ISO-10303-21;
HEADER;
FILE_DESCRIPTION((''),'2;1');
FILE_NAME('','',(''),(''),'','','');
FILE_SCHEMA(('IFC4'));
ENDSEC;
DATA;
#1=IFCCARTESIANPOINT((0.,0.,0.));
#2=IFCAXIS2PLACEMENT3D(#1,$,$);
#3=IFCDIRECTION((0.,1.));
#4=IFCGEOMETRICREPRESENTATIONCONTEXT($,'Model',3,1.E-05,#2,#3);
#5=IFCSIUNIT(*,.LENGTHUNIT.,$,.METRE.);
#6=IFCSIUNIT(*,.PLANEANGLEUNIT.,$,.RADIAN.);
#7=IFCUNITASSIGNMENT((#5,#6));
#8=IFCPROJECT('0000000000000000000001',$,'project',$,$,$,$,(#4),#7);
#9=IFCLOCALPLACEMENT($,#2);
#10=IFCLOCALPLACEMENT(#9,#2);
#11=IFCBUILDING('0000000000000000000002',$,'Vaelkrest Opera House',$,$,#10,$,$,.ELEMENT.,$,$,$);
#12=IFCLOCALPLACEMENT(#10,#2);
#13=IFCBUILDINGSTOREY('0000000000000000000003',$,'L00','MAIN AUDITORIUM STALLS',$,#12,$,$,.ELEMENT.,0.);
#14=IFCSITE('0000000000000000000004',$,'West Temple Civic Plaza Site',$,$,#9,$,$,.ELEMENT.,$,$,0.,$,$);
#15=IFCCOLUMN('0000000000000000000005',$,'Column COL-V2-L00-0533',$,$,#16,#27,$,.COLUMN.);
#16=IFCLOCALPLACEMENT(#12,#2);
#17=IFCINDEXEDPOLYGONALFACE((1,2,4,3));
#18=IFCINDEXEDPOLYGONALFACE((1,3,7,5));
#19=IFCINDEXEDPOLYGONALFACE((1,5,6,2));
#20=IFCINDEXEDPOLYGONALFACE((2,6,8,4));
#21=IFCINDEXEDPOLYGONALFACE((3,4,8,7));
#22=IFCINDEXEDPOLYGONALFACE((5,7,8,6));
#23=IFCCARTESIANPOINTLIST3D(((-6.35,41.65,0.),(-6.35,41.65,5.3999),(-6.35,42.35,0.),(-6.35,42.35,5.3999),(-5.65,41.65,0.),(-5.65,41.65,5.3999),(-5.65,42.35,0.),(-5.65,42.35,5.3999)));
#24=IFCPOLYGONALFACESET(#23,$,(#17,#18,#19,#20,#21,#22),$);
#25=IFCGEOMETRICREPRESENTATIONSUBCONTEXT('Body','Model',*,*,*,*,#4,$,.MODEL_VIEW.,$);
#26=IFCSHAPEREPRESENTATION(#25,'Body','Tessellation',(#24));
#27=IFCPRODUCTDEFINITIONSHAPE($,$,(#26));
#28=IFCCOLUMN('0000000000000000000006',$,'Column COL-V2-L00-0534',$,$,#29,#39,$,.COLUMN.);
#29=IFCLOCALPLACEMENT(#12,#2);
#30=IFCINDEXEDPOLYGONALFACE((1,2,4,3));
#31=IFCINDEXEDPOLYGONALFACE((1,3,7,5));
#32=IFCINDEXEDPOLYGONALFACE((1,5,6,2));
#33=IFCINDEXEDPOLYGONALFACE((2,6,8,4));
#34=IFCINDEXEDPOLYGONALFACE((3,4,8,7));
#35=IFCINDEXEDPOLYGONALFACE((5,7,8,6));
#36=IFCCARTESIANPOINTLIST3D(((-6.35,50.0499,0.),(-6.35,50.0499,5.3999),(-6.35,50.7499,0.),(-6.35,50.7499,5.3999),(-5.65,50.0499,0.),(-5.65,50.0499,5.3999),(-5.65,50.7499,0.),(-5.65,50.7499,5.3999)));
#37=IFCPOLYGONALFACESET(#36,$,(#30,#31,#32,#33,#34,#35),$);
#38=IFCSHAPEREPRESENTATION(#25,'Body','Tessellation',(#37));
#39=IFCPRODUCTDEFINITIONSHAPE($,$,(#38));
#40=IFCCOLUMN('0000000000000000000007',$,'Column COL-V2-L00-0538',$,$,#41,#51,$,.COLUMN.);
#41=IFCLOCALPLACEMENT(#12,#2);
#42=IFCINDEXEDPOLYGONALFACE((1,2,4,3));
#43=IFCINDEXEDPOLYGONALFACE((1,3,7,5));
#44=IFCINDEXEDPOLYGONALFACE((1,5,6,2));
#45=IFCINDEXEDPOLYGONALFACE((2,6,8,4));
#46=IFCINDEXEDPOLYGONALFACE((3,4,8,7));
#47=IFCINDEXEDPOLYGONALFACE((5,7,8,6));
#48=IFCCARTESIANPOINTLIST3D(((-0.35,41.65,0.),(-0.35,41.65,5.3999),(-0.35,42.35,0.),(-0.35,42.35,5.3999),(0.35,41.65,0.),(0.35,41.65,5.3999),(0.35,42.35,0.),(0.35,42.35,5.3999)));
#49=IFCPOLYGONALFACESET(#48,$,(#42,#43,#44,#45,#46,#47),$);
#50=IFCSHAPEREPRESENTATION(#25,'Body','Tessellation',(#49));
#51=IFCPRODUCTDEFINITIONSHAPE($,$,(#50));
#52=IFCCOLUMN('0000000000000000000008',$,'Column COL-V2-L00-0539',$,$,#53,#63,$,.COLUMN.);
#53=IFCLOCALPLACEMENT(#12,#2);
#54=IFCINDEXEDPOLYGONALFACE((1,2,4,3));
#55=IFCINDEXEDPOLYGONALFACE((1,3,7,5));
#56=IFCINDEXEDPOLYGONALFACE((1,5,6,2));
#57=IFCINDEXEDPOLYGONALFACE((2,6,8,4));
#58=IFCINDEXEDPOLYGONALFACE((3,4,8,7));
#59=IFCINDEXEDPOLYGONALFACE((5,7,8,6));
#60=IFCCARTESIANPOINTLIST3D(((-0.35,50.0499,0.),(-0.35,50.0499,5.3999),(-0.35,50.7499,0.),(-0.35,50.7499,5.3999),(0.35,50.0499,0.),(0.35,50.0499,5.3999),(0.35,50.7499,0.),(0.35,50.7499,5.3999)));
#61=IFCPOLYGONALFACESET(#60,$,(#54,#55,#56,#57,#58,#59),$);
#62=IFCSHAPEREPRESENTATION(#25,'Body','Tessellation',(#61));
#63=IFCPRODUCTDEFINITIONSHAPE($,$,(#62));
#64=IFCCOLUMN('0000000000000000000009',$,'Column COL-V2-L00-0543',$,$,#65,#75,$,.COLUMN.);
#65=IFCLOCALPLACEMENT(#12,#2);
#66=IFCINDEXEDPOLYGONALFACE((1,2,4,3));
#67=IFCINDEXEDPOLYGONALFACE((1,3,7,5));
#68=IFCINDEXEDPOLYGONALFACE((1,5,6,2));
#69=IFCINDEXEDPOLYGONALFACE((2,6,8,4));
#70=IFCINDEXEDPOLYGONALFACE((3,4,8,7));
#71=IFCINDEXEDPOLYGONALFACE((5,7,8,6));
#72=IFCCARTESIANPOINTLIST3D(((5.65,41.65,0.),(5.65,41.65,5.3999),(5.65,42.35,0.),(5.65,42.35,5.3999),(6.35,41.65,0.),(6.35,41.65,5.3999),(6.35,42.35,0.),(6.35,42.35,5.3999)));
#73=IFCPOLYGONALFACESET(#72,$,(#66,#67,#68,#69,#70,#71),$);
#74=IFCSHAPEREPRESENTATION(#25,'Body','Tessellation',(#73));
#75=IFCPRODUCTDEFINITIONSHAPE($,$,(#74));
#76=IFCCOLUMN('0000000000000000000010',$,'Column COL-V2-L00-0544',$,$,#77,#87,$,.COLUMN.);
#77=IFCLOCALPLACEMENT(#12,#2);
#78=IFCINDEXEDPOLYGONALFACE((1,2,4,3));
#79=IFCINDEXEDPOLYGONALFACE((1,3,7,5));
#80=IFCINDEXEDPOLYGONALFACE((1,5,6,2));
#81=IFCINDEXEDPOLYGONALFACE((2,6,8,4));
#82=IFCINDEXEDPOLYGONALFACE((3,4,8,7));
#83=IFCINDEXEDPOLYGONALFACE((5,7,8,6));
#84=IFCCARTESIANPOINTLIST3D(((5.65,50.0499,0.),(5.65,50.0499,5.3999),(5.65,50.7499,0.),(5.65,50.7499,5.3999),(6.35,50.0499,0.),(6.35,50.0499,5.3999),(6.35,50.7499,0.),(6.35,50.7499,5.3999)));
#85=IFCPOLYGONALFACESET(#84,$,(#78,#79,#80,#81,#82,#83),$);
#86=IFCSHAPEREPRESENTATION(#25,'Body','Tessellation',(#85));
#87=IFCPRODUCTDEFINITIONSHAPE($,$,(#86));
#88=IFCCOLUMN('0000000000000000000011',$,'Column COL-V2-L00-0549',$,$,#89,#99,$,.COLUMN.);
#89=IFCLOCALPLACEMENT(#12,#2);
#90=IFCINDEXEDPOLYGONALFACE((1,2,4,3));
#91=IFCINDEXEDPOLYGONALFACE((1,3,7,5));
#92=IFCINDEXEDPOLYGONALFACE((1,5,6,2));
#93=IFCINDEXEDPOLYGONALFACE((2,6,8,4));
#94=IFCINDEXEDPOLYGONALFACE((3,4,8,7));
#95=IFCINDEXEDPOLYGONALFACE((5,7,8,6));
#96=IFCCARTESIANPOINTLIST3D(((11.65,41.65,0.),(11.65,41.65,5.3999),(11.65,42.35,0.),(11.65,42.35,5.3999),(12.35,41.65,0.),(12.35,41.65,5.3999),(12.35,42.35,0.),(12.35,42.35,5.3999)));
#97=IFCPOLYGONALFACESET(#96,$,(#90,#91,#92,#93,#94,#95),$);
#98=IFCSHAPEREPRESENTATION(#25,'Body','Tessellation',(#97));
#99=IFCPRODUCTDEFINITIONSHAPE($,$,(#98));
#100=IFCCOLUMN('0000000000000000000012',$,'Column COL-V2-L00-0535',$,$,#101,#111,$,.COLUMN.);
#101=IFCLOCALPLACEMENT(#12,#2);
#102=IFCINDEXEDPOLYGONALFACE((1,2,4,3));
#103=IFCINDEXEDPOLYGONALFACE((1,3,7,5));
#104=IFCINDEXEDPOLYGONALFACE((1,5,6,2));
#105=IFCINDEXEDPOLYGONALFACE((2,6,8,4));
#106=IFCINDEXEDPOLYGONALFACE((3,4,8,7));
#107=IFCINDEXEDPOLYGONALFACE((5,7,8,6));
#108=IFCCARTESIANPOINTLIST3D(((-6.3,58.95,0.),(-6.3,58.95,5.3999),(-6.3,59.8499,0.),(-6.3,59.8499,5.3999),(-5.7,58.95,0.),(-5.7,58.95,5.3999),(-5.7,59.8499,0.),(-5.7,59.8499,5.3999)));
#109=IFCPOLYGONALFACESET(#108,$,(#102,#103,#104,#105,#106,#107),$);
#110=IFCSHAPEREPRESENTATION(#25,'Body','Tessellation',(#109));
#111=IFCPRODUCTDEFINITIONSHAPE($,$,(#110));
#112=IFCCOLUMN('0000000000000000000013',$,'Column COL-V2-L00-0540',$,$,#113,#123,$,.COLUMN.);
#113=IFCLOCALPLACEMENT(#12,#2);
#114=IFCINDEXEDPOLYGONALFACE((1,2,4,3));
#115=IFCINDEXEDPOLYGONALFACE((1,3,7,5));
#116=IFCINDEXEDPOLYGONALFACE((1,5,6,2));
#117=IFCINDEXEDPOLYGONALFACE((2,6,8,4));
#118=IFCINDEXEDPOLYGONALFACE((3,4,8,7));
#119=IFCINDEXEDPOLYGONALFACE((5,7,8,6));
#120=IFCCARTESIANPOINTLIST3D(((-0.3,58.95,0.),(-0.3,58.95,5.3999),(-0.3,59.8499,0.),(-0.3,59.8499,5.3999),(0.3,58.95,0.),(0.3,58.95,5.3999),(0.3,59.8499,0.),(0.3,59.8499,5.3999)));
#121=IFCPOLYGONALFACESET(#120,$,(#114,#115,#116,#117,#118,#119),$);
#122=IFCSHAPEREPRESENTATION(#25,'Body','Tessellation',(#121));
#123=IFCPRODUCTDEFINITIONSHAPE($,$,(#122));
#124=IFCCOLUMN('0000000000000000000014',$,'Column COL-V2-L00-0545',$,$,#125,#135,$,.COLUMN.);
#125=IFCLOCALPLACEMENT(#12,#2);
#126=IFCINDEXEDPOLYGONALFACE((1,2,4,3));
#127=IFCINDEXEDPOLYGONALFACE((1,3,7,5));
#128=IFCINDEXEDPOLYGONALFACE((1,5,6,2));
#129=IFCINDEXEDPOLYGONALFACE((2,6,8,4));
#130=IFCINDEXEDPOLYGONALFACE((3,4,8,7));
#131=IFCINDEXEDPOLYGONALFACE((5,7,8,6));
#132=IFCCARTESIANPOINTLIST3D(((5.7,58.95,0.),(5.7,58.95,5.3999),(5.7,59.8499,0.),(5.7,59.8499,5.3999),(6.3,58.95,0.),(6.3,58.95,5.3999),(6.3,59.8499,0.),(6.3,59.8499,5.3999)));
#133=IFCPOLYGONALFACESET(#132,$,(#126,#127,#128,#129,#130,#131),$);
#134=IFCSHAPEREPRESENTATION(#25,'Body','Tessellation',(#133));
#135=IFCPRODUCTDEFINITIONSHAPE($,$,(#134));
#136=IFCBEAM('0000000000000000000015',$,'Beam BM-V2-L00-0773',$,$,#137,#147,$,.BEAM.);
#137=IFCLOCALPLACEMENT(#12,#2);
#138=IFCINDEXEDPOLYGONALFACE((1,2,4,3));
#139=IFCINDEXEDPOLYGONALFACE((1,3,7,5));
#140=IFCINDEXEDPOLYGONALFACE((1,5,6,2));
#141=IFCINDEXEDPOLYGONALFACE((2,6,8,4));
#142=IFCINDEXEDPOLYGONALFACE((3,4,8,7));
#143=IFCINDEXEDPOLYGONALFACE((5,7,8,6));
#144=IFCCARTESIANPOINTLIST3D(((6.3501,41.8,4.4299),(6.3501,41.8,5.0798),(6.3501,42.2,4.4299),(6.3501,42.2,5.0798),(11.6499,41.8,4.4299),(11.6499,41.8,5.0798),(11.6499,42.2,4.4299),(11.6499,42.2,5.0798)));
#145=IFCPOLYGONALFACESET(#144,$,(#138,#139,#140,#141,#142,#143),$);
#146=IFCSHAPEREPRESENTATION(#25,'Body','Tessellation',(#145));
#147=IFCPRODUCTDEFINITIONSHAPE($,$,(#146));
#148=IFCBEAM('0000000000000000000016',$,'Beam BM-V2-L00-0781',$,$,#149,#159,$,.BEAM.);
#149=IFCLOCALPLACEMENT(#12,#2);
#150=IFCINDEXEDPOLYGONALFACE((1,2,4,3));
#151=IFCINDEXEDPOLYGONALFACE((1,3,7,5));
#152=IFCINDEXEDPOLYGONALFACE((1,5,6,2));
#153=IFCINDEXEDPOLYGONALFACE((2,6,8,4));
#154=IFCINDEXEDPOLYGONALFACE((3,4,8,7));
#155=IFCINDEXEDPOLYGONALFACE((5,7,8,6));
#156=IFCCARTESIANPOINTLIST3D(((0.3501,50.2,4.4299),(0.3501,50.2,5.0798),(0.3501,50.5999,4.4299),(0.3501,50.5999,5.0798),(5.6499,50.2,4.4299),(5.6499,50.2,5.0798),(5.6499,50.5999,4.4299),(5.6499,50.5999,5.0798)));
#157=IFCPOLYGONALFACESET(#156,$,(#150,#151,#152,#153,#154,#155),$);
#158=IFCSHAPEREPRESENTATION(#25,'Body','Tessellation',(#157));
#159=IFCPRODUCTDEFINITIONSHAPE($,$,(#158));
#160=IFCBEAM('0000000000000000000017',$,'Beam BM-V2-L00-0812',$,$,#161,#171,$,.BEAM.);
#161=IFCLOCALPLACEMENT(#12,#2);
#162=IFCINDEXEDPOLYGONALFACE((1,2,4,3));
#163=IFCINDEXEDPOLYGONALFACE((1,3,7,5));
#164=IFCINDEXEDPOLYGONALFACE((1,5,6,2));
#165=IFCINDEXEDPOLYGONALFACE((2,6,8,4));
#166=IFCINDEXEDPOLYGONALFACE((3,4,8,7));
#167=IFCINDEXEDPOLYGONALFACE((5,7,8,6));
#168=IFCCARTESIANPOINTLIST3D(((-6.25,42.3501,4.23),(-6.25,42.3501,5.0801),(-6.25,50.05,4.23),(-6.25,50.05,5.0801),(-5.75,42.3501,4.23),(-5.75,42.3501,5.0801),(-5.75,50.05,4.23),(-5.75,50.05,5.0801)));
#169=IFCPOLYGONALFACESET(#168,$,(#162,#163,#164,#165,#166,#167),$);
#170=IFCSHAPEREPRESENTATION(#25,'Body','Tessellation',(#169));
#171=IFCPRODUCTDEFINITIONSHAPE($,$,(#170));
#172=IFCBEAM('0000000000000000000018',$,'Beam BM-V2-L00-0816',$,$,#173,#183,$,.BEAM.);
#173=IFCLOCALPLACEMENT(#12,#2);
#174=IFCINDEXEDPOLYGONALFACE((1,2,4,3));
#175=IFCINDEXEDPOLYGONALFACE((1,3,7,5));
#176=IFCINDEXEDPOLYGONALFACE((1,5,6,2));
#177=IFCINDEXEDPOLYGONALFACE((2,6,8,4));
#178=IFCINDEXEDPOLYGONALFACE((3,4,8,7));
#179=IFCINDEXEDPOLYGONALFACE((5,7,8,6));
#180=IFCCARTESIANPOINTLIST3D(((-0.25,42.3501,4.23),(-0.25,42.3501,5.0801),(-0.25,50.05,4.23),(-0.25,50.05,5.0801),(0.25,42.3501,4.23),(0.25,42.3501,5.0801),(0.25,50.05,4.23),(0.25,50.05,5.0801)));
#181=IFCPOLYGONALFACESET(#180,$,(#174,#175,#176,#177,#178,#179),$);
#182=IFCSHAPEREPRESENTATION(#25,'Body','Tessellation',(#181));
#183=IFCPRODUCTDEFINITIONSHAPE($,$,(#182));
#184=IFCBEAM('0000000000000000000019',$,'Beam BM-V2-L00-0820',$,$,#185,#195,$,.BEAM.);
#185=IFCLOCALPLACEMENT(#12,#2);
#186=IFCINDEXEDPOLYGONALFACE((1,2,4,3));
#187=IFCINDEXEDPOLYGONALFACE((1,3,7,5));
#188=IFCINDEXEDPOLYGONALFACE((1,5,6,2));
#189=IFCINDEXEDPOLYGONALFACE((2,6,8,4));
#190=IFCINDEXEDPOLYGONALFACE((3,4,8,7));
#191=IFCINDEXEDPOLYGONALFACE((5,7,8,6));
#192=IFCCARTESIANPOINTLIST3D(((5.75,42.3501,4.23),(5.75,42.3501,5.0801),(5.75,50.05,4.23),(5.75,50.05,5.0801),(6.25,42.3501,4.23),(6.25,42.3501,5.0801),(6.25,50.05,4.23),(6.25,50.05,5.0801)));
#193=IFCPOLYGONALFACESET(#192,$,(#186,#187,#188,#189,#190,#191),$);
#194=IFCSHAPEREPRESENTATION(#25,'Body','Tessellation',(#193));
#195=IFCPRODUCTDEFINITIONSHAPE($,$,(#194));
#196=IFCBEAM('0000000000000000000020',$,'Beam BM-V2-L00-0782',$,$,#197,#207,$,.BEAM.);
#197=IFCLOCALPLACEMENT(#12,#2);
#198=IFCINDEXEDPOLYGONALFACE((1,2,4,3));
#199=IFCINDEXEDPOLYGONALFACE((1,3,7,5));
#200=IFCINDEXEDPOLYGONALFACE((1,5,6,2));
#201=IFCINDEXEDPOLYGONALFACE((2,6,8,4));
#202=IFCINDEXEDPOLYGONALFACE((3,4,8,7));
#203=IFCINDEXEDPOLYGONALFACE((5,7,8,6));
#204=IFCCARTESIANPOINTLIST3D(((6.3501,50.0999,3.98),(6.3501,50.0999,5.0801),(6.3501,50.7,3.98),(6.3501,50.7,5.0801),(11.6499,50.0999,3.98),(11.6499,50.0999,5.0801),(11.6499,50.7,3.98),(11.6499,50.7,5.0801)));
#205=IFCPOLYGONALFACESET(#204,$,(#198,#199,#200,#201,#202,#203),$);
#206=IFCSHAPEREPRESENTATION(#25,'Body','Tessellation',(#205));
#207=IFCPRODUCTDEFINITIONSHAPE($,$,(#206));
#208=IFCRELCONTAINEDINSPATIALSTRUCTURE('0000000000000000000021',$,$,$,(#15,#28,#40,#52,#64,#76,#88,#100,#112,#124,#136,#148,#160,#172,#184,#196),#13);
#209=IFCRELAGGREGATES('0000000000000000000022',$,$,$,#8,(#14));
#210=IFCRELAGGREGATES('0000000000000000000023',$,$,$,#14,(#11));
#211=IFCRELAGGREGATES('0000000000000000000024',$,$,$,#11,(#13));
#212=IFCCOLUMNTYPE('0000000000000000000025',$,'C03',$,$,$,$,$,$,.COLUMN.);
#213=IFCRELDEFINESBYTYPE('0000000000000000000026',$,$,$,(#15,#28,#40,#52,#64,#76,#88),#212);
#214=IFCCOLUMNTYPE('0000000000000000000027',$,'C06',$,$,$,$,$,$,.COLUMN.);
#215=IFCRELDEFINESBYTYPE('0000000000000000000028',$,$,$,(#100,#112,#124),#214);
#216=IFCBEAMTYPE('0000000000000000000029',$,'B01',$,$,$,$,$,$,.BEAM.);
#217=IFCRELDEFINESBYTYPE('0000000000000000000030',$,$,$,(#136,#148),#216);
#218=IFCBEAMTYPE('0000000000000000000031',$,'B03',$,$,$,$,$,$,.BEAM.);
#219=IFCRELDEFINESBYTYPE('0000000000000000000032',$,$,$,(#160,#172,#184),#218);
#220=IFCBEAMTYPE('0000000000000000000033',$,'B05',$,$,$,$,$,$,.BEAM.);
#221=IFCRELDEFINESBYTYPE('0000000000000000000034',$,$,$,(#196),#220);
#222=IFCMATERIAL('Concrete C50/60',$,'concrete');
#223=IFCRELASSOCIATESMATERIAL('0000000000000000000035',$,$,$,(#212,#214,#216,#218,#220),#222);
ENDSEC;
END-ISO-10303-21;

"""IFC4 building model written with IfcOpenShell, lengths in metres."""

from ifc_helpers import new_model, si_unit, direction, frame, origin, origin_2d, place, context, subcontext, project, spatial, rectangle, extrude, material, material_profile, profile_set, type_object, element, save


model = new_model("IFC4")

# Units and contexts
model_context = context("Model", 3, precision=1e-05, world=origin(), true_north=direction((0.0, 1.0)))
body_context = subcontext(model_context, "Body", "Model", "MODEL_VIEW")
ifc_project = project(units=[si_unit("LENGTHUNIT", "METRE"), si_unit("PLANEANGLEUNIT", "RADIAN")], contexts=[model_context])

# Site, building, storey
site_placement = place(None, origin())
site = spatial("IfcSite", under=ifc_project, at=site_placement, Name="West Temple Civic Plaza Site", CompositionType="ELEMENT", RefElevation=0.0)
building_placement = place(site_placement, origin())
building = spatial("IfcBuilding", under=site, at=building_placement, Name="Vaelkrest Opera House", CompositionType="ELEMENT")
storey_placement = place(building_placement, origin())
storey = spatial("IfcBuildingStorey", under=building, at=storey_placement, Name="L00", Description="MAIN AUDITORIUM STALLS", CompositionType="ELEMENT", Elevation=0.0)

# Columns
ifc_material_1 = material(Name="Concrete C50/60", Category="concrete")
ifc_material_profile_1 = material_profile(ifc_material_1, rectangle(XDim=0.7, YDim=0.7, at=origin_2d()), Name="RC700X700")
ifc_profile_set_1 = profile_set([ifc_material_profile_1], Name="Concrete C50/60")
column_type_1 = type_object("IfcColumnType", Name="C03", PredefinedType="COLUMN", material=ifc_profile_set_1)
for number, where, z_axis, x_axis, name in (
    (1, (-6.0, 42.0, 0.0), (0.0, 0.0, 1.0), (1.0, 0.0, 0.0), "Column COL-V2-L00-0533"),
    (2, (-6.0, 50.3999, 0.0), (0.0, 0.0, 1.0), (1.0, 0.0, 0.0), "Column COL-V2-L00-0534"),
    (3, (0.0, 42.0, 0.0), (0.0, 0.0, 1.0), (1.0, 0.0, 0.0), "Column COL-V2-L00-0538"),
    (4, (0.0, 50.3999, 0.0), (0.0, 0.0, 1.0), (1.0, 0.0, 0.0), "Column COL-V2-L00-0539"),
    (5, (6.0, 42.0, 0.0), (0.0, 0.0, 1.0), (1.0, 0.0, 0.0), "Column COL-V2-L00-0543"),
    (6, (6.0, 50.3999, 0.0), (0.0, 0.0, 1.0), (1.0, 0.0, 0.0), "Column COL-V2-L00-0544"),
    (7, (12.0, 42.0, 0.0), (0.0, 0.0, 1.0), (1.0, 0.0, 0.0), "Column COL-V2-L00-0549"),
):
    element("IfcColumn", number, at=place(storey_placement, frame(where, z_axis=z_axis, x_axis=x_axis)), inside=storey, type_object=column_type_1, Name=name, PredefinedType="COLUMN", context=body_context, shape_type="SweptSolid", body=[
        extrude(rectangle(XDim=0.7, YDim=0.7, at=origin_2d()), origin(), (0.0, 0.0, 1.0), 5.3999),
    ])
ifc_material_profile_2 = material_profile(ifc_material_1, rectangle(XDim=0.6001, YDim=0.8999, at=origin_2d()), Name="RC600X900")
ifc_profile_set_2 = profile_set([ifc_material_profile_2], Name="Concrete C50/60")
column_type_2 = type_object("IfcColumnType", Name="C06", PredefinedType="COLUMN", material=ifc_profile_set_2)
for number, where, z_axis, x_axis, name in (
    (8, (-6.0, 59.3999, 0.0), (0.0, 0.0, 1.0), (1.0, 0.0, 0.0), "Column COL-V2-L00-0535"),
    (9, (0.0, 59.3999, 0.0), (0.0, 0.0, 1.0), (1.0, 0.0, 0.0), "Column COL-V2-L00-0540"),
    (10, (6.0, 59.3999, 0.0), (0.0, 0.0, 1.0), (1.0, 0.0, 0.0), "Column COL-V2-L00-0545"),
):
    element("IfcColumn", number, at=place(storey_placement, frame(where, z_axis=z_axis, x_axis=x_axis)), inside=storey, type_object=column_type_2, Name=name, PredefinedType="COLUMN", context=body_context, shape_type="SweptSolid", body=[
        extrude(rectangle(XDim=0.6001, YDim=0.8999, at=origin_2d()), origin(), (0.0, 0.0, 1.0), 5.3999),
    ])

# Beams
ifc_material_profile_3 = material_profile(ifc_material_1, rectangle(XDim=0.3999, YDim=0.6499, at=origin_2d()), Name="RCB400X650")
ifc_profile_set_3 = profile_set([ifc_material_profile_3], Name="Concrete C50/60")
beam_type_1 = type_object("IfcBeamType", Name="B01", PredefinedType="BEAM", material=ifc_profile_set_3)
for number, where, z_axis, x_axis, name in (
    (11, (6.3501, 42.0, 4.7549), (1.0, 0.0, 0.0), (0.0, 1.0, 0.0), "Beam BM-V2-L00-0773"),
    (12, (0.3501, 50.3999, 4.7549), (1.0, 0.0, 0.0), (0.0, 1.0, 0.0), "Beam BM-V2-L00-0781"),
):
    element("IfcBeam", number, at=place(storey_placement, frame(where, z_axis=z_axis, x_axis=x_axis)), inside=storey, type_object=beam_type_1, Name=name, PredefinedType="BEAM", context=body_context, shape_type="SweptSolid", body=[
        extrude(rectangle(XDim=0.3999, YDim=0.6499, at=origin_2d()), origin(), (0.0, 0.0, 1.0), 5.2998),
    ])
ifc_material_profile_4 = material_profile(ifc_material_1, rectangle(XDim=0.5, YDim=0.8501, at=origin_2d()), Name="RCB500X850")
ifc_profile_set_4 = profile_set([ifc_material_profile_4], Name="Concrete C50/60")
beam_type_2 = type_object("IfcBeamType", Name="B03", PredefinedType="BEAM", material=ifc_profile_set_4)
for number, where, z_axis, x_axis, name in (
    (13, (-6.0, 42.3501, 4.655), (0.0, 1.0, 0.0), (-1.0, 0.0, 0.0), "Beam BM-V2-L00-0812"),
    (14, (0.0, 42.3501, 4.655), (0.0, 1.0, 0.0), (-1.0, 0.0, 0.0), "Beam BM-V2-L00-0816"),
    (15, (6.0, 42.3501, 4.655), (0.0, 1.0, 0.0), (-1.0, 0.0, 0.0), "Beam BM-V2-L00-0820"),
):
    element("IfcBeam", number, at=place(storey_placement, frame(where, z_axis=z_axis, x_axis=x_axis)), inside=storey, type_object=beam_type_2, Name=name, PredefinedType="BEAM", context=body_context, shape_type="SweptSolid", body=[
        extrude(rectangle(XDim=0.5, YDim=0.8501, at=origin_2d()), origin(), (0.0, 0.0, 1.0), 7.7),
    ])
ifc_material_profile_5 = material_profile(ifc_material_1, rectangle(XDim=0.6001, YDim=1.1001, at=origin_2d()), Name="RCB600X1100")
ifc_profile_set_5 = profile_set([ifc_material_profile_5], Name="Concrete C50/60")
beam_type_3 = type_object("IfcBeamType", Name="B05", PredefinedType="BEAM", material=ifc_profile_set_5)
beam_1_placement = place(storey_placement, frame((6.3501, 50.3999, 4.53), z_axis=(1.0, 0.0, 0.0), x_axis=(0.0, 1.0, 0.0)))
element("IfcBeam", 16, at=beam_1_placement, inside=storey, type_object=beam_type_3, Name="Beam BM-V2-L00-0782", PredefinedType="BEAM", context=body_context, shape_type="SweptSolid", body=[
    extrude(rectangle(XDim=0.6001, YDim=1.1001, at=origin_2d()), origin(), (0.0, 0.0, 1.0), 5.2998),
])

save(model, "model.ifc")
